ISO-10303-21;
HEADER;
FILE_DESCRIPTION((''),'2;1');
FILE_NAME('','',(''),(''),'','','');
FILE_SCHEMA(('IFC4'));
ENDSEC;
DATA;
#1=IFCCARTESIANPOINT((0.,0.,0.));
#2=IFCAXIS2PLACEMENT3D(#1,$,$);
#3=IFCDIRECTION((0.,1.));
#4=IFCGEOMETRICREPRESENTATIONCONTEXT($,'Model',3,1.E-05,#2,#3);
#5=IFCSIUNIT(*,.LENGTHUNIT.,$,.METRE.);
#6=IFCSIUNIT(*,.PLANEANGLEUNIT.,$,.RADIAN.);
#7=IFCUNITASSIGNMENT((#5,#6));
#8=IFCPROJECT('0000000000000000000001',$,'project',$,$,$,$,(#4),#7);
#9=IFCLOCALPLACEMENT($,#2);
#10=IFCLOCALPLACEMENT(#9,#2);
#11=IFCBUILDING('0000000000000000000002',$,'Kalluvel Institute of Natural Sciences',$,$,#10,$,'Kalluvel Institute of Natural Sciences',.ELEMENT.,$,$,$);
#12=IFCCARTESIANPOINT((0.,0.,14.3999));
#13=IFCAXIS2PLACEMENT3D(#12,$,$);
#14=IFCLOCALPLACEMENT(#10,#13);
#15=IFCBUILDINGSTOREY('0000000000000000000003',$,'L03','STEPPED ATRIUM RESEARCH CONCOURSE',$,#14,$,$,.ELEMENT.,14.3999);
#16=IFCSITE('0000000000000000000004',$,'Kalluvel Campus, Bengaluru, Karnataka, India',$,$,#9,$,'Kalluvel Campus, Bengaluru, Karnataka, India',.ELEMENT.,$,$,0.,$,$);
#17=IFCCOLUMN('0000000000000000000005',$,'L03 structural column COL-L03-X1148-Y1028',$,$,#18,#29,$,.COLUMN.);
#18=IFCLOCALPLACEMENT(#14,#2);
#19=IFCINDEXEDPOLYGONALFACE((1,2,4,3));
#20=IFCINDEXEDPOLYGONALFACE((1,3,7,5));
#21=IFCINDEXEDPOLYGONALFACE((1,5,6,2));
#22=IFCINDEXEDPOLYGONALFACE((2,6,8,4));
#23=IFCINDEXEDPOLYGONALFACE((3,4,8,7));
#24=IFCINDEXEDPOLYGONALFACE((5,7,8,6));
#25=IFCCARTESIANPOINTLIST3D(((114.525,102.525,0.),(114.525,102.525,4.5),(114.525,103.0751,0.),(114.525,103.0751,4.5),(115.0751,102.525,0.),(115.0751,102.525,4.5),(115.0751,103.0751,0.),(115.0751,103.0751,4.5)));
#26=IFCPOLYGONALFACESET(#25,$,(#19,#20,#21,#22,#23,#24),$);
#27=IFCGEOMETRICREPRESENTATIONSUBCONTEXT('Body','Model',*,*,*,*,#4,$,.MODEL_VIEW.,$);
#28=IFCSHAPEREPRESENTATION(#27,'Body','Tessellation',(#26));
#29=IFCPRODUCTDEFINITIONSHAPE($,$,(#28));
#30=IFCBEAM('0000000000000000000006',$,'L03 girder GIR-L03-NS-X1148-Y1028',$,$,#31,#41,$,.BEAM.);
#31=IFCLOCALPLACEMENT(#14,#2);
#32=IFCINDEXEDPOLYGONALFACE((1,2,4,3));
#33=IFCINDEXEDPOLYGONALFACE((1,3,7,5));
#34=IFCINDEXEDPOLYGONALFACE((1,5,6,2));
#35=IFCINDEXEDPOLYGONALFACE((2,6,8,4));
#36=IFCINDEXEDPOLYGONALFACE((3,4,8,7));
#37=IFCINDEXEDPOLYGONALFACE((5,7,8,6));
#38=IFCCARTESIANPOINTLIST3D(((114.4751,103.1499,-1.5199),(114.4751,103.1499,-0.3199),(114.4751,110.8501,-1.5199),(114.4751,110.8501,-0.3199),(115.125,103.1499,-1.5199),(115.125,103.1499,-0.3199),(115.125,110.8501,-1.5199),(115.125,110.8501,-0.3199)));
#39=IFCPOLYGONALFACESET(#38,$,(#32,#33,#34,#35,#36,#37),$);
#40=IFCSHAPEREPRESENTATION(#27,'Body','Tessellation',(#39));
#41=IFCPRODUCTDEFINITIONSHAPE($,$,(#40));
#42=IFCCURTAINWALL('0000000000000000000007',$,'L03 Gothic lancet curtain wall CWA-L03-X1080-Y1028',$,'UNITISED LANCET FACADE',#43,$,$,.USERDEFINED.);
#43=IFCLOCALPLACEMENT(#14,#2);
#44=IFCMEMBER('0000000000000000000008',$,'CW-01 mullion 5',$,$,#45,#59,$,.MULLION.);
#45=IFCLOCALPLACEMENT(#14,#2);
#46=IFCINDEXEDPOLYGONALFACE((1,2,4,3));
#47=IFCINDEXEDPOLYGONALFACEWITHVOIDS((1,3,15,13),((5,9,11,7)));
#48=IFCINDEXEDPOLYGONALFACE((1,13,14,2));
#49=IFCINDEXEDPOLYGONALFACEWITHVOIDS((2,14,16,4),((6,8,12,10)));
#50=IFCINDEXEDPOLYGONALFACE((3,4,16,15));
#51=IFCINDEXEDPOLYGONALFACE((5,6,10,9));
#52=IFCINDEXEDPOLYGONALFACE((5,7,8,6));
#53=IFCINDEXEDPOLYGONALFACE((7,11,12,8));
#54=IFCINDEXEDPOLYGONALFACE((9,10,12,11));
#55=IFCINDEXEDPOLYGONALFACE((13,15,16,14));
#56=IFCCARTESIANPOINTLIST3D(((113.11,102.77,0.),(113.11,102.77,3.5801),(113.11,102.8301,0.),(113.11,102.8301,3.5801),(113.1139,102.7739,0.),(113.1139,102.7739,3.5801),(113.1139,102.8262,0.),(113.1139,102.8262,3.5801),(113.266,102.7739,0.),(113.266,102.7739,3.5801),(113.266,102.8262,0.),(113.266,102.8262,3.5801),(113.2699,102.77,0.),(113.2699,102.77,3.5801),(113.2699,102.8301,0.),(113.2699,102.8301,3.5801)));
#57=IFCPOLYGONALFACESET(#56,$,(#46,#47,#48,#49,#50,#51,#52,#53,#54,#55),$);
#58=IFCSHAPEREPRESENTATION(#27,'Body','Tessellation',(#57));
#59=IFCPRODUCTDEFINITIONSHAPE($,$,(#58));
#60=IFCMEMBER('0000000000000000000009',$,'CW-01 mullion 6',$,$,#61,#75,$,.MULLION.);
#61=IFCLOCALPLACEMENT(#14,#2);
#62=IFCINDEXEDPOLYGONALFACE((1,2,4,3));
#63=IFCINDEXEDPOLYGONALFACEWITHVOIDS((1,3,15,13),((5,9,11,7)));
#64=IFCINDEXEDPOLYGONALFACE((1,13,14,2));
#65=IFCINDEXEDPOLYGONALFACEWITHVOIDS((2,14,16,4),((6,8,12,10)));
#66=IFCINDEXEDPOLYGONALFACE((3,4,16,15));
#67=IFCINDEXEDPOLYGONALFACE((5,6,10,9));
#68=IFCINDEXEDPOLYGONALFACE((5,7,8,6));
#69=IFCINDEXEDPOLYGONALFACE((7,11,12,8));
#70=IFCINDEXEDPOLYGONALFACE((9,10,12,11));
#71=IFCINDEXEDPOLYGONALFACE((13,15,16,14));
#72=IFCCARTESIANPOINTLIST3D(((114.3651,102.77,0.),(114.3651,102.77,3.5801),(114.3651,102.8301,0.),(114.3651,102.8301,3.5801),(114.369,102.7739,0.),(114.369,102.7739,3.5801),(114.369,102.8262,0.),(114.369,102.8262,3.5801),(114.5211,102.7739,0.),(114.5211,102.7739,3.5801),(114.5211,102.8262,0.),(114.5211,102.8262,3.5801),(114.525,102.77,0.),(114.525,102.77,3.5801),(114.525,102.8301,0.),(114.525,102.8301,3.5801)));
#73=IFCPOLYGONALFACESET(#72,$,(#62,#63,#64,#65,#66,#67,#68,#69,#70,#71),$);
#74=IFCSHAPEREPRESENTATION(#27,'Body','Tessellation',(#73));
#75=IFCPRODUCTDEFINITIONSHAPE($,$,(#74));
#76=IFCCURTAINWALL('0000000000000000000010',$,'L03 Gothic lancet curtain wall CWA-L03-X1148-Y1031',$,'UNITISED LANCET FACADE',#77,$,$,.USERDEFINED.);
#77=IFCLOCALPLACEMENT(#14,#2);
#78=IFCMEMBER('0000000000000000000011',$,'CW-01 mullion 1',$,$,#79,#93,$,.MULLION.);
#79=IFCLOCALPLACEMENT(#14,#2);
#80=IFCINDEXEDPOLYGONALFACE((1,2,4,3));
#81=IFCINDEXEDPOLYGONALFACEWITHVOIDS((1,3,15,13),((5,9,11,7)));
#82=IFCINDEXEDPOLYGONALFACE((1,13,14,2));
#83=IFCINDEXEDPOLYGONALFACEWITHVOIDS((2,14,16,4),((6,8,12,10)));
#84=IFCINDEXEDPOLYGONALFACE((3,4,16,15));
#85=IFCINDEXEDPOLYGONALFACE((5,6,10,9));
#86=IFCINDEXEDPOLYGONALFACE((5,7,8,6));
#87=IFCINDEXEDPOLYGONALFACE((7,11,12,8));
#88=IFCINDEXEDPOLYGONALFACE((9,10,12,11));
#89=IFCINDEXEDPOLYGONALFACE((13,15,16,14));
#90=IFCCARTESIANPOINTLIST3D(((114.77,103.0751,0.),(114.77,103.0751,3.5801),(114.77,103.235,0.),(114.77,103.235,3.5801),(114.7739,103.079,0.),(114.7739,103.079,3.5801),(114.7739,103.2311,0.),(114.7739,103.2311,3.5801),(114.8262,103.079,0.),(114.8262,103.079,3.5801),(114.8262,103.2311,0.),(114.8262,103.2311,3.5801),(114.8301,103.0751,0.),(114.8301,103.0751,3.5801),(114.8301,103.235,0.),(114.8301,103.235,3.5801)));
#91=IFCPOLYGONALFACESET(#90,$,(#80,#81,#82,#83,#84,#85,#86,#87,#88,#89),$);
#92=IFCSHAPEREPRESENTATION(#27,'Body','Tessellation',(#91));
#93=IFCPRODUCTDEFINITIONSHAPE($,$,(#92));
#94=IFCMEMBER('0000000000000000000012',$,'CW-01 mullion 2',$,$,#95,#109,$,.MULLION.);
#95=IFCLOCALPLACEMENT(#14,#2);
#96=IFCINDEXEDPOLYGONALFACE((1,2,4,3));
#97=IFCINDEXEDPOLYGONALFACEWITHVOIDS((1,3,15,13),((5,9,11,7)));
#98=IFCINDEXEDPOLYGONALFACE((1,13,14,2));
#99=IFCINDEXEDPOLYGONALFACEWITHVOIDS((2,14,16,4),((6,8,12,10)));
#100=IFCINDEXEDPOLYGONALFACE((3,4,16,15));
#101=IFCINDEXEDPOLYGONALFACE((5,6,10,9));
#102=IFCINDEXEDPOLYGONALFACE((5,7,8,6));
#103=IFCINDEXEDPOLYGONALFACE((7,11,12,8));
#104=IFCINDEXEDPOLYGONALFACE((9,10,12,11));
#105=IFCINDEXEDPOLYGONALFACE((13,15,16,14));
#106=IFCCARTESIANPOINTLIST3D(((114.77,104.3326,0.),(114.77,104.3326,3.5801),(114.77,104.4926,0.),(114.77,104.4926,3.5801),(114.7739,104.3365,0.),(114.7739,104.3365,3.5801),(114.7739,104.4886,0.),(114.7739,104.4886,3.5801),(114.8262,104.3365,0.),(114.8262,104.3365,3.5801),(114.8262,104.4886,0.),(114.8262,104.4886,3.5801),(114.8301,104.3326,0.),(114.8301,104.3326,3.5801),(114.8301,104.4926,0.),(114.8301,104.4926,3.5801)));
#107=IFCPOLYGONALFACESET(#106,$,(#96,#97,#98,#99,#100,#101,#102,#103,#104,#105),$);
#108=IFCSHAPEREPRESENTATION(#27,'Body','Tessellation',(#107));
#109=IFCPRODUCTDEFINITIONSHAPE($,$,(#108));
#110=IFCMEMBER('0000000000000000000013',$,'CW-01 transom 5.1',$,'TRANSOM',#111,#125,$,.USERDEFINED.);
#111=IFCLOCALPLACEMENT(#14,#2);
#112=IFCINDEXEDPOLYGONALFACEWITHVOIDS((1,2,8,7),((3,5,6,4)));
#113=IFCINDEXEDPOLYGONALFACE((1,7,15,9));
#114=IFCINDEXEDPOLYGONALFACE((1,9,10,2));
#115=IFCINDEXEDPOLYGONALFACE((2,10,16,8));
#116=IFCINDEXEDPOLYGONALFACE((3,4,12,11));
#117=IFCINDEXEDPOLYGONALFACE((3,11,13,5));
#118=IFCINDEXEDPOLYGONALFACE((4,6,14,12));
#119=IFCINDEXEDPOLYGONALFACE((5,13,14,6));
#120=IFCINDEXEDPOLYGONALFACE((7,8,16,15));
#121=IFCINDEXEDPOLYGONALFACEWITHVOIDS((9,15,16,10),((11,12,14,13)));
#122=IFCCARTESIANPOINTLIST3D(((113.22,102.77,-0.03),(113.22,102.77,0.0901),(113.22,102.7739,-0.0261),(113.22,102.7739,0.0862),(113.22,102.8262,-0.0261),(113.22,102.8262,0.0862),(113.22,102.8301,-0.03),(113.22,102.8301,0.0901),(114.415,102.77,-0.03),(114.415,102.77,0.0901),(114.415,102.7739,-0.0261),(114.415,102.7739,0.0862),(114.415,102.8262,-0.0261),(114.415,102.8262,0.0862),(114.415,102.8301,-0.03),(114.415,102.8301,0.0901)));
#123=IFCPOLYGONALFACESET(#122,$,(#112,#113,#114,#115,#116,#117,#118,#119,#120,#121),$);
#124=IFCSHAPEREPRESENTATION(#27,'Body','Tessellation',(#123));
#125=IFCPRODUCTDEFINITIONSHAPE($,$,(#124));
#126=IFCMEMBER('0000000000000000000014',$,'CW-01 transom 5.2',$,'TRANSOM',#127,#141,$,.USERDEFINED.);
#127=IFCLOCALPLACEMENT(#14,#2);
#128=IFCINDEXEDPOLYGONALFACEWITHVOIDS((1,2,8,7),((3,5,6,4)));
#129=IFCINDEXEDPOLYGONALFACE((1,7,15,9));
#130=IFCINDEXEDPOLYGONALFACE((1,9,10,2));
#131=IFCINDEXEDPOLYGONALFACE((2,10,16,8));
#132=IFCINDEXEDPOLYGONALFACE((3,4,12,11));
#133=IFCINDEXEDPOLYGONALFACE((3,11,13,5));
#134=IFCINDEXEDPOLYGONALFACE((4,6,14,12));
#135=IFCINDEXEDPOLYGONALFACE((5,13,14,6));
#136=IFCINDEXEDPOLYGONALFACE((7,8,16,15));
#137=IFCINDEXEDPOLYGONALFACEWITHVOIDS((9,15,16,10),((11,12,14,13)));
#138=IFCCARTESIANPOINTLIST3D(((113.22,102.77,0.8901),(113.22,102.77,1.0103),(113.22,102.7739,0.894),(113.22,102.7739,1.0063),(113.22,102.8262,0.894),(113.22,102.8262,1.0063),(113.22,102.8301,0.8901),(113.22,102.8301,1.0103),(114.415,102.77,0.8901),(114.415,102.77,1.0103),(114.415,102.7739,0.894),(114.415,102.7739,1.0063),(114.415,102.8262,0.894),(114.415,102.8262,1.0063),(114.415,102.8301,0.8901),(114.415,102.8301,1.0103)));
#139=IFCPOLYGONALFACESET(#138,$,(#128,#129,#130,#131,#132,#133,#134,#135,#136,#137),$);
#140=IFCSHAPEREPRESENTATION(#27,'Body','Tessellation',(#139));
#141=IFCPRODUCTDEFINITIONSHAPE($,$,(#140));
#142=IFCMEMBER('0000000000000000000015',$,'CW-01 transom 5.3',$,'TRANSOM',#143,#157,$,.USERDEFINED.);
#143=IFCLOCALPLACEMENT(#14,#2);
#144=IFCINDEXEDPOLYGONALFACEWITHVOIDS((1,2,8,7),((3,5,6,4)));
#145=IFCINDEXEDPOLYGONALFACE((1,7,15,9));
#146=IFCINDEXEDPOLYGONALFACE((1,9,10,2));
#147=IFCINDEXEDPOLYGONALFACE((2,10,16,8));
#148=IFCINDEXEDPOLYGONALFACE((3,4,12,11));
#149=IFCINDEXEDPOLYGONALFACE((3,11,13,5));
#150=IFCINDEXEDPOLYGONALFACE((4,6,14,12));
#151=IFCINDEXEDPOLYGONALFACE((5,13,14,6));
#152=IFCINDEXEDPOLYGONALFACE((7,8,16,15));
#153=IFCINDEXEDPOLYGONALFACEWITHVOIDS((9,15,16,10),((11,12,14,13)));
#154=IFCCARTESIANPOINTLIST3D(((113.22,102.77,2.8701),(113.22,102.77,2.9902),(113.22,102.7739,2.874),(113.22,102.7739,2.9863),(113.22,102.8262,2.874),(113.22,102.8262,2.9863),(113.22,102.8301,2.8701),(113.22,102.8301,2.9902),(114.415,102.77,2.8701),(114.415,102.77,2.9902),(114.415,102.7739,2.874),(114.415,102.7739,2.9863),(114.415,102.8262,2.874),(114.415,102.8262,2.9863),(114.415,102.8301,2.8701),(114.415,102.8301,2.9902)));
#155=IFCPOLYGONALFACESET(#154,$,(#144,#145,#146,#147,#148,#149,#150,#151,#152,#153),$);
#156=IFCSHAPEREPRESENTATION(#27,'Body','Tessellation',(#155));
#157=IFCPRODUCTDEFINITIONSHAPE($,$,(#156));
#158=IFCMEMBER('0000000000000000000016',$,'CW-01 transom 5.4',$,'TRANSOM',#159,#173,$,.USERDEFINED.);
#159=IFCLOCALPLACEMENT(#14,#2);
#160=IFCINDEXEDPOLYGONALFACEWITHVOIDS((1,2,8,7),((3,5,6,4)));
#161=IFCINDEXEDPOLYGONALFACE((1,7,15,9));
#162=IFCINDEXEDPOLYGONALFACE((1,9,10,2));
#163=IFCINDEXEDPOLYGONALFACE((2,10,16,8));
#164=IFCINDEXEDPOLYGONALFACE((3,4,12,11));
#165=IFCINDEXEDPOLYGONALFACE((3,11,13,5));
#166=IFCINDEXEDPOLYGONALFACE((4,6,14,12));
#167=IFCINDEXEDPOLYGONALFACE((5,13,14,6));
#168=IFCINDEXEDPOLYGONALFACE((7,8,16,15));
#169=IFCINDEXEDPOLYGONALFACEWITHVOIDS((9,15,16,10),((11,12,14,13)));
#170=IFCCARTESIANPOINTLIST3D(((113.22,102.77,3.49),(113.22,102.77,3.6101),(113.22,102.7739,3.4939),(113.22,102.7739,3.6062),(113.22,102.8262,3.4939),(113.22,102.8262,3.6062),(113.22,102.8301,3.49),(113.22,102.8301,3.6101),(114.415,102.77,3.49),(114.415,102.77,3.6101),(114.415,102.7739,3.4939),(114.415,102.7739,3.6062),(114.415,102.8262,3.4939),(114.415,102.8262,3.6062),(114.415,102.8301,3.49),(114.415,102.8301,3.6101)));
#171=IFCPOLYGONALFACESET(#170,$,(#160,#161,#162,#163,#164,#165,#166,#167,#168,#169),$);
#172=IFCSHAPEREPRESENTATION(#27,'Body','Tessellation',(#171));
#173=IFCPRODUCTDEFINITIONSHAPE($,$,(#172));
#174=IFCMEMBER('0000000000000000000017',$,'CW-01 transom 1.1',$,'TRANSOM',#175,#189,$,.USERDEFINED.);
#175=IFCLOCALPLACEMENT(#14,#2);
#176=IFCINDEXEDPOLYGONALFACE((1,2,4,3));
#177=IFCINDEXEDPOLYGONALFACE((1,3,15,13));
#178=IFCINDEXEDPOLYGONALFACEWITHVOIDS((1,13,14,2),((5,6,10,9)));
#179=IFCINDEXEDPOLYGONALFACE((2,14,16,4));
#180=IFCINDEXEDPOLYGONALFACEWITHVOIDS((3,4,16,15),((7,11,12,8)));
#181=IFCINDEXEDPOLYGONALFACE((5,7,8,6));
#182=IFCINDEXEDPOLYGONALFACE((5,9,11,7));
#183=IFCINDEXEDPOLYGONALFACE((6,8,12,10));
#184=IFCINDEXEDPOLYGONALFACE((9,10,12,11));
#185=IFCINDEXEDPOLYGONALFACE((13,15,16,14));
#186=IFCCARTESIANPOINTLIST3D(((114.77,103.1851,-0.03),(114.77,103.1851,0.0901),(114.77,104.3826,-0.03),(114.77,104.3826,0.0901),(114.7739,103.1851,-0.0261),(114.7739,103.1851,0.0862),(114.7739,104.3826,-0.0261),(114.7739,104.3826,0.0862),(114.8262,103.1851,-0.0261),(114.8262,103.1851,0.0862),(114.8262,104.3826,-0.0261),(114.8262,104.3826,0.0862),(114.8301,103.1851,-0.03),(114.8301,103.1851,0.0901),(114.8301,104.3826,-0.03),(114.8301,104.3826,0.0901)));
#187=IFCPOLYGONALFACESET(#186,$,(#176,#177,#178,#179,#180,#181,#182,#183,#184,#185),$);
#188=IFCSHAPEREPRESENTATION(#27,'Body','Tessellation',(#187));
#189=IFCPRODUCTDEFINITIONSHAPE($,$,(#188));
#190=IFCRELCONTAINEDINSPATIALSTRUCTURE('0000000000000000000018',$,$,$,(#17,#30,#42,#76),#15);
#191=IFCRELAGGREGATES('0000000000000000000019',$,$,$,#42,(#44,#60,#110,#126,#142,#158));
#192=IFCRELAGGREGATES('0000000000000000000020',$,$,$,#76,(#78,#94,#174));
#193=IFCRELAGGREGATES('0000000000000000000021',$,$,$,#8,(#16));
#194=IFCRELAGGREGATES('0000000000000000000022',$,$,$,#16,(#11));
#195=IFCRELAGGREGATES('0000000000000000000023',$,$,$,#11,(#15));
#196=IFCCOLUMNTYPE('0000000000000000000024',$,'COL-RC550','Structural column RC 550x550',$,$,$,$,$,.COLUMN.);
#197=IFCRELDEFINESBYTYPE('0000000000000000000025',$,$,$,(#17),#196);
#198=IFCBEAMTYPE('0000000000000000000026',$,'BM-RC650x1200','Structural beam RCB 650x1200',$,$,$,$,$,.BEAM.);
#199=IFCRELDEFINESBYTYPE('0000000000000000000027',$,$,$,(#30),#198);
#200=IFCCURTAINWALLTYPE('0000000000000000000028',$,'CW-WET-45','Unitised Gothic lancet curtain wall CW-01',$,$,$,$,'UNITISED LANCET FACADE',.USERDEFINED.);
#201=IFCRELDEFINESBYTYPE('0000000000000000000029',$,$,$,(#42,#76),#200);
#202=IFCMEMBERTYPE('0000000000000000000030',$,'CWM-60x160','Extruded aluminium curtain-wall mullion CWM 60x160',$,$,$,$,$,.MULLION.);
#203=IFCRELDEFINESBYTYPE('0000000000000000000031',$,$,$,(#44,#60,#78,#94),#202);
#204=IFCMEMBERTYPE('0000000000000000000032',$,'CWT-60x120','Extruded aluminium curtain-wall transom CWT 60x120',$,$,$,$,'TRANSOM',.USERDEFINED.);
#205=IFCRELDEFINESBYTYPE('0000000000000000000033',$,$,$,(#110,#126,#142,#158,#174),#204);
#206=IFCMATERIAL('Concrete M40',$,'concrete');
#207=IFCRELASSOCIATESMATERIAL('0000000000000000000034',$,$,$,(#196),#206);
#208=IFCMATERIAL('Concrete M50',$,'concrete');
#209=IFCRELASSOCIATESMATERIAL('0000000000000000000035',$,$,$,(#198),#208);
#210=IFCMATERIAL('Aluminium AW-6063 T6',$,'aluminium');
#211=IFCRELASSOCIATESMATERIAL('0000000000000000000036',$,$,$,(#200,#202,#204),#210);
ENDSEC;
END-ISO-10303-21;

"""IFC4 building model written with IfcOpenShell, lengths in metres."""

from ifc_helpers import new_model, si_unit, direction, frame, origin, origin_2d, place, context, subcontext, project, spatial, rectangle, hollow_rectangle, extrude, material, material_profile, profile_set, type_object, element, aggregate, save


model = new_model("IFC4")

# Units and contexts
model_context = context("Model", 3, precision=1e-05, world=origin(), true_north=direction((0.0, 1.0)))
body_context = subcontext(model_context, "Body", "Model", "MODEL_VIEW")
ifc_project = project(units=[si_unit("LENGTHUNIT", "METRE"), si_unit("PLANEANGLEUNIT", "RADIAN")], contexts=[model_context])

# Site, building, storey
site_placement = place(None, origin())
site = spatial("IfcSite", under=ifc_project, at=site_placement, Name="Kalluvel Campus, Bengaluru, Karnataka, India", LongName="Kalluvel Campus, Bengaluru, Karnataka, India", CompositionType="ELEMENT", RefElevation=0.0)
building_placement = place(site_placement, origin())
building = spatial("IfcBuilding", under=site, at=building_placement, Name="Kalluvel Institute of Natural Sciences", LongName="Kalluvel Institute of Natural Sciences", CompositionType="ELEMENT")
storey_placement = place(building_placement, frame((0.0, 0.0, 14.3999)))
storey = spatial("IfcBuildingStorey", under=building, at=storey_placement, Name="L03", Description="STEPPED ATRIUM RESEARCH CONCOURSE", CompositionType="ELEMENT", Elevation=14.3999)

# Column
ifc_material_1 = material(Name="Concrete M40", Category="concrete")
ifc_material_profile_1 = material_profile(ifc_material_1, rectangle(XDim=0.55, YDim=0.55, at=origin_2d()), Name="RC 550x550")
ifc_profile_set_1 = profile_set([ifc_material_profile_1], Name="Concrete M40")
column_type = type_object("IfcColumnType", Name="COL-RC550", Description="Structural column RC 550x550", PredefinedType="COLUMN", material=ifc_profile_set_1)
column_placement = place(storey_placement, frame((114.8, 102.8, 0.0), z_axis=(0.0, 0.0, 1.0), x_axis=(1.0, 0.0, 0.0)))
element("IfcColumn", 1, at=column_placement, inside=storey, type_object=column_type, Name="L03 structural column COL-L03-X1148-Y1028", PredefinedType="COLUMN", context=body_context, shape_type="SweptSolid", body=[
    extrude(rectangle(XDim=0.55, YDim=0.55, at=origin_2d()), origin(), (0.0, 0.0, 1.0), 4.5),
])

# Beam
ifc_material_2 = material(Name="Concrete M50", Category="concrete")
ifc_material_profile_2 = material_profile(ifc_material_2, rectangle(XDim=0.6499, YDim=1.2, at=origin_2d()), Name="RCB 650x1200")
ifc_profile_set_2 = profile_set([ifc_material_profile_2], Name="Concrete M50")
beam_type = type_object("IfcBeamType", Name="BM-RC650x1200", Description="Structural beam RCB 650x1200", PredefinedType="BEAM", material=ifc_profile_set_2)
beam_placement = place(storey_placement, frame((114.8, 103.1499, -0.9199), z_axis=(0.0, 1.0, 0.0), x_axis=(-1.0, 0.0, 0.0)))
element("IfcBeam", 2, at=beam_placement, inside=storey, type_object=beam_type, Name="L03 girder GIR-L03-NS-X1148-Y1028", PredefinedType="BEAM", context=body_context, shape_type="SweptSolid", body=[
    extrude(rectangle(XDim=0.6499, YDim=1.2, at=origin_2d()), origin(), (0.0, 0.0, 1.0), 7.7002),
])

# Curtain walls, members
ifc_material_3 = material(Name="Aluminium AW-6063 T6", Category="aluminium")
curtain_wall_type = type_object("IfcCurtainWallType", Name="CW-WET-45", Description="Unitised Gothic lancet curtain wall CW-01", ElementType="UNITISED LANCET FACADE", PredefinedType="USERDEFINED", material=ifc_material_3)
curtain_wall_1_placement = place(storey_placement, origin())
curtain_wall_1 = element("IfcCurtainWall", 3, at=curtain_wall_1_placement, inside=storey, type_object=curtain_wall_type, Name="L03 Gothic lancet curtain wall CWA-L03-X1080-Y1028", ObjectType="UNITISED LANCET FACADE", PredefinedType="USERDEFINED")
ifc_material_profile_3 = material_profile(ifc_material_3, hollow_rectangle(XDim=0.0601, YDim=0.1599, WallThickness=0.0039, at=origin_2d()), Name="CWM 60x160")
ifc_profile_set_3 = profile_set([ifc_material_profile_3], Name="Aluminium AW-6063 T6")
member_type_1 = type_object("IfcMemberType", Name="CWM-60x160", Description="Extruded aluminium curtain-wall mullion CWM 60x160", PredefinedType="MULLION", material=ifc_profile_set_3)
member_1_placement = place(storey_placement, frame((113.1899, 102.8, 0.0), z_axis=(0.0, 0.0, 1.0), x_axis=(0.0, 1.0, 0.0)))
member_1 = element("IfcMember", 4, at=member_1_placement, type_object=member_type_1, Name="CW-01 mullion 5", PredefinedType="MULLION", context=body_context, shape_type="SweptSolid", body=[
    extrude(hollow_rectangle(XDim=0.0601, YDim=0.1599, WallThickness=0.0039, at=origin_2d()), origin(), (0.0, 0.0, 1.0), 3.5801),
])
member_2_placement = place(storey_placement, frame((114.4451, 102.8, 0.0), z_axis=(0.0, 0.0, 1.0), x_axis=(0.0, 1.0, 0.0)))
member_2 = element("IfcMember", 5, at=member_2_placement, type_object=member_type_1, Name="CW-01 mullion 6", PredefinedType="MULLION", context=body_context, shape_type="SweptSolid", body=[
    extrude(hollow_rectangle(XDim=0.0601, YDim=0.1599, WallThickness=0.0039, at=origin_2d()), origin(), (0.0, 0.0, 1.0), 3.5801),
])
curtain_wall_2_placement = place(storey_placement, origin())
curtain_wall_2 = element("IfcCurtainWall", 6, at=curtain_wall_2_placement, inside=storey, type_object=curtain_wall_type, Name="L03 Gothic lancet curtain wall CWA-L03-X1148-Y1031", ObjectType="UNITISED LANCET FACADE", PredefinedType="USERDEFINED")
member_3_placement = place(storey_placement, frame((114.8, 103.155, 0.0), z_axis=(0.0, 0.0, 1.0), x_axis=(-1.0, 0.0, 0.0)))
member_3 = element("IfcMember", 7, at=member_3_placement, type_object=member_type_1, Name="CW-01 mullion 1", PredefinedType="MULLION", context=body_context, shape_type="SweptSolid", body=[
    extrude(hollow_rectangle(XDim=0.0601, YDim=0.1599, WallThickness=0.0039, at=origin_2d()), origin(), (0.0, 0.0, 1.0), 3.5801),
])
member_4_placement = place(storey_placement, frame((114.8, 104.4126, 0.0), z_axis=(0.0, 0.0, 1.0), x_axis=(-1.0, 0.0, 0.0)))
member_4 = element("IfcMember", 8, at=member_4_placement, type_object=member_type_1, Name="CW-01 mullion 2", PredefinedType="MULLION", context=body_context, shape_type="SweptSolid", body=[
    extrude(hollow_rectangle(XDim=0.0601, YDim=0.1599, WallThickness=0.0039, at=origin_2d()), origin(), (0.0, 0.0, 1.0), 3.5801),
])

# Members
ifc_material_profile_4 = material_profile(ifc_material_3, hollow_rectangle(XDim=0.0601, YDim=0.1201, WallThickness=0.0039, at=origin_2d()), Name="CWT 60x120")
ifc_profile_set_4 = profile_set([ifc_material_profile_4], Name="Aluminium AW-6063 T6")
member_type_2 = type_object("IfcMemberType", Name="CWT-60x120", Description="Extruded aluminium curtain-wall transom CWT 60x120", ElementType="TRANSOM", PredefinedType="USERDEFINED", material=ifc_profile_set_4)
member_5_placement = place(storey_placement, frame((113.22, 102.8, 0.03), z_axis=(1.0, 0.0, 0.0), x_axis=(0.0, 1.0, 0.0)))
member_5 = element("IfcMember", 9, at=member_5_placement, type_object=member_type_2, Name="CW-01 transom 5.1", ObjectType="TRANSOM", PredefinedType="USERDEFINED", context=body_context, shape_type="SweptSolid", body=[
    extrude(hollow_rectangle(XDim=0.0601, YDim=0.1201, WallThickness=0.0039, at=origin_2d()), origin(), (0.0, 0.0, 1.0), 1.1951),
])
member_6_placement = place(storey_placement, frame((113.22, 102.8, 0.9502), z_axis=(1.0, 0.0, 0.0), x_axis=(0.0, 1.0, 0.0)))
member_6 = element("IfcMember", 10, at=member_6_placement, type_object=member_type_2, Name="CW-01 transom 5.2", ObjectType="TRANSOM", PredefinedType="USERDEFINED", context=body_context, shape_type="SweptSolid", body=[
    extrude(hollow_rectangle(XDim=0.0601, YDim=0.1201, WallThickness=0.0039, at=origin_2d()), origin(), (0.0, 0.0, 1.0), 1.1951),
])
member_7_placement = place(storey_placement, frame((113.22, 102.8, 2.9302), z_axis=(1.0, 0.0, 0.0), x_axis=(0.0, 1.0, 0.0)))
member_7 = element("IfcMember", 11, at=member_7_placement, type_object=member_type_2, Name="CW-01 transom 5.3", ObjectType="TRANSOM", PredefinedType="USERDEFINED", context=body_context, shape_type="SweptSolid", body=[
    extrude(hollow_rectangle(XDim=0.0601, YDim=0.1201, WallThickness=0.0039, at=origin_2d()), origin(), (0.0, 0.0, 1.0), 1.1951),
])
member_8_placement = place(storey_placement, frame((113.22, 102.8, 3.55), z_axis=(1.0, 0.0, 0.0), x_axis=(0.0, 1.0, 0.0)))
member_8 = element("IfcMember", 12, at=member_8_placement, type_object=member_type_2, Name="CW-01 transom 5.4", ObjectType="TRANSOM", PredefinedType="USERDEFINED", context=body_context, shape_type="SweptSolid", body=[
    extrude(hollow_rectangle(XDim=0.0601, YDim=0.1201, WallThickness=0.0039, at=origin_2d()), origin(), (0.0, 0.0, 1.0), 1.1951),
])
member_9_placement = place(storey_placement, frame((114.8, 103.1851, 0.03), z_axis=(0.0, 1.0, 0.0), x_axis=(-1.0, 0.0, 0.0)))
member_9 = element("IfcMember", 13, at=member_9_placement, type_object=member_type_2, Name="CW-01 transom 1.1", ObjectType="TRANSOM", PredefinedType="USERDEFINED", context=body_context, shape_type="SweptSolid", body=[
    extrude(hollow_rectangle(XDim=0.0601, YDim=0.1201, WallThickness=0.0039, at=origin_2d()), origin(), (0.0, 0.0, 1.0), 1.1975),
])

aggregate(curtain_wall_1, [member_1, member_2, member_5, member_6, member_7, member_8])
aggregate(curtain_wall_2, [member_3, member_4, member_9])

save(model, "model.ifc")
